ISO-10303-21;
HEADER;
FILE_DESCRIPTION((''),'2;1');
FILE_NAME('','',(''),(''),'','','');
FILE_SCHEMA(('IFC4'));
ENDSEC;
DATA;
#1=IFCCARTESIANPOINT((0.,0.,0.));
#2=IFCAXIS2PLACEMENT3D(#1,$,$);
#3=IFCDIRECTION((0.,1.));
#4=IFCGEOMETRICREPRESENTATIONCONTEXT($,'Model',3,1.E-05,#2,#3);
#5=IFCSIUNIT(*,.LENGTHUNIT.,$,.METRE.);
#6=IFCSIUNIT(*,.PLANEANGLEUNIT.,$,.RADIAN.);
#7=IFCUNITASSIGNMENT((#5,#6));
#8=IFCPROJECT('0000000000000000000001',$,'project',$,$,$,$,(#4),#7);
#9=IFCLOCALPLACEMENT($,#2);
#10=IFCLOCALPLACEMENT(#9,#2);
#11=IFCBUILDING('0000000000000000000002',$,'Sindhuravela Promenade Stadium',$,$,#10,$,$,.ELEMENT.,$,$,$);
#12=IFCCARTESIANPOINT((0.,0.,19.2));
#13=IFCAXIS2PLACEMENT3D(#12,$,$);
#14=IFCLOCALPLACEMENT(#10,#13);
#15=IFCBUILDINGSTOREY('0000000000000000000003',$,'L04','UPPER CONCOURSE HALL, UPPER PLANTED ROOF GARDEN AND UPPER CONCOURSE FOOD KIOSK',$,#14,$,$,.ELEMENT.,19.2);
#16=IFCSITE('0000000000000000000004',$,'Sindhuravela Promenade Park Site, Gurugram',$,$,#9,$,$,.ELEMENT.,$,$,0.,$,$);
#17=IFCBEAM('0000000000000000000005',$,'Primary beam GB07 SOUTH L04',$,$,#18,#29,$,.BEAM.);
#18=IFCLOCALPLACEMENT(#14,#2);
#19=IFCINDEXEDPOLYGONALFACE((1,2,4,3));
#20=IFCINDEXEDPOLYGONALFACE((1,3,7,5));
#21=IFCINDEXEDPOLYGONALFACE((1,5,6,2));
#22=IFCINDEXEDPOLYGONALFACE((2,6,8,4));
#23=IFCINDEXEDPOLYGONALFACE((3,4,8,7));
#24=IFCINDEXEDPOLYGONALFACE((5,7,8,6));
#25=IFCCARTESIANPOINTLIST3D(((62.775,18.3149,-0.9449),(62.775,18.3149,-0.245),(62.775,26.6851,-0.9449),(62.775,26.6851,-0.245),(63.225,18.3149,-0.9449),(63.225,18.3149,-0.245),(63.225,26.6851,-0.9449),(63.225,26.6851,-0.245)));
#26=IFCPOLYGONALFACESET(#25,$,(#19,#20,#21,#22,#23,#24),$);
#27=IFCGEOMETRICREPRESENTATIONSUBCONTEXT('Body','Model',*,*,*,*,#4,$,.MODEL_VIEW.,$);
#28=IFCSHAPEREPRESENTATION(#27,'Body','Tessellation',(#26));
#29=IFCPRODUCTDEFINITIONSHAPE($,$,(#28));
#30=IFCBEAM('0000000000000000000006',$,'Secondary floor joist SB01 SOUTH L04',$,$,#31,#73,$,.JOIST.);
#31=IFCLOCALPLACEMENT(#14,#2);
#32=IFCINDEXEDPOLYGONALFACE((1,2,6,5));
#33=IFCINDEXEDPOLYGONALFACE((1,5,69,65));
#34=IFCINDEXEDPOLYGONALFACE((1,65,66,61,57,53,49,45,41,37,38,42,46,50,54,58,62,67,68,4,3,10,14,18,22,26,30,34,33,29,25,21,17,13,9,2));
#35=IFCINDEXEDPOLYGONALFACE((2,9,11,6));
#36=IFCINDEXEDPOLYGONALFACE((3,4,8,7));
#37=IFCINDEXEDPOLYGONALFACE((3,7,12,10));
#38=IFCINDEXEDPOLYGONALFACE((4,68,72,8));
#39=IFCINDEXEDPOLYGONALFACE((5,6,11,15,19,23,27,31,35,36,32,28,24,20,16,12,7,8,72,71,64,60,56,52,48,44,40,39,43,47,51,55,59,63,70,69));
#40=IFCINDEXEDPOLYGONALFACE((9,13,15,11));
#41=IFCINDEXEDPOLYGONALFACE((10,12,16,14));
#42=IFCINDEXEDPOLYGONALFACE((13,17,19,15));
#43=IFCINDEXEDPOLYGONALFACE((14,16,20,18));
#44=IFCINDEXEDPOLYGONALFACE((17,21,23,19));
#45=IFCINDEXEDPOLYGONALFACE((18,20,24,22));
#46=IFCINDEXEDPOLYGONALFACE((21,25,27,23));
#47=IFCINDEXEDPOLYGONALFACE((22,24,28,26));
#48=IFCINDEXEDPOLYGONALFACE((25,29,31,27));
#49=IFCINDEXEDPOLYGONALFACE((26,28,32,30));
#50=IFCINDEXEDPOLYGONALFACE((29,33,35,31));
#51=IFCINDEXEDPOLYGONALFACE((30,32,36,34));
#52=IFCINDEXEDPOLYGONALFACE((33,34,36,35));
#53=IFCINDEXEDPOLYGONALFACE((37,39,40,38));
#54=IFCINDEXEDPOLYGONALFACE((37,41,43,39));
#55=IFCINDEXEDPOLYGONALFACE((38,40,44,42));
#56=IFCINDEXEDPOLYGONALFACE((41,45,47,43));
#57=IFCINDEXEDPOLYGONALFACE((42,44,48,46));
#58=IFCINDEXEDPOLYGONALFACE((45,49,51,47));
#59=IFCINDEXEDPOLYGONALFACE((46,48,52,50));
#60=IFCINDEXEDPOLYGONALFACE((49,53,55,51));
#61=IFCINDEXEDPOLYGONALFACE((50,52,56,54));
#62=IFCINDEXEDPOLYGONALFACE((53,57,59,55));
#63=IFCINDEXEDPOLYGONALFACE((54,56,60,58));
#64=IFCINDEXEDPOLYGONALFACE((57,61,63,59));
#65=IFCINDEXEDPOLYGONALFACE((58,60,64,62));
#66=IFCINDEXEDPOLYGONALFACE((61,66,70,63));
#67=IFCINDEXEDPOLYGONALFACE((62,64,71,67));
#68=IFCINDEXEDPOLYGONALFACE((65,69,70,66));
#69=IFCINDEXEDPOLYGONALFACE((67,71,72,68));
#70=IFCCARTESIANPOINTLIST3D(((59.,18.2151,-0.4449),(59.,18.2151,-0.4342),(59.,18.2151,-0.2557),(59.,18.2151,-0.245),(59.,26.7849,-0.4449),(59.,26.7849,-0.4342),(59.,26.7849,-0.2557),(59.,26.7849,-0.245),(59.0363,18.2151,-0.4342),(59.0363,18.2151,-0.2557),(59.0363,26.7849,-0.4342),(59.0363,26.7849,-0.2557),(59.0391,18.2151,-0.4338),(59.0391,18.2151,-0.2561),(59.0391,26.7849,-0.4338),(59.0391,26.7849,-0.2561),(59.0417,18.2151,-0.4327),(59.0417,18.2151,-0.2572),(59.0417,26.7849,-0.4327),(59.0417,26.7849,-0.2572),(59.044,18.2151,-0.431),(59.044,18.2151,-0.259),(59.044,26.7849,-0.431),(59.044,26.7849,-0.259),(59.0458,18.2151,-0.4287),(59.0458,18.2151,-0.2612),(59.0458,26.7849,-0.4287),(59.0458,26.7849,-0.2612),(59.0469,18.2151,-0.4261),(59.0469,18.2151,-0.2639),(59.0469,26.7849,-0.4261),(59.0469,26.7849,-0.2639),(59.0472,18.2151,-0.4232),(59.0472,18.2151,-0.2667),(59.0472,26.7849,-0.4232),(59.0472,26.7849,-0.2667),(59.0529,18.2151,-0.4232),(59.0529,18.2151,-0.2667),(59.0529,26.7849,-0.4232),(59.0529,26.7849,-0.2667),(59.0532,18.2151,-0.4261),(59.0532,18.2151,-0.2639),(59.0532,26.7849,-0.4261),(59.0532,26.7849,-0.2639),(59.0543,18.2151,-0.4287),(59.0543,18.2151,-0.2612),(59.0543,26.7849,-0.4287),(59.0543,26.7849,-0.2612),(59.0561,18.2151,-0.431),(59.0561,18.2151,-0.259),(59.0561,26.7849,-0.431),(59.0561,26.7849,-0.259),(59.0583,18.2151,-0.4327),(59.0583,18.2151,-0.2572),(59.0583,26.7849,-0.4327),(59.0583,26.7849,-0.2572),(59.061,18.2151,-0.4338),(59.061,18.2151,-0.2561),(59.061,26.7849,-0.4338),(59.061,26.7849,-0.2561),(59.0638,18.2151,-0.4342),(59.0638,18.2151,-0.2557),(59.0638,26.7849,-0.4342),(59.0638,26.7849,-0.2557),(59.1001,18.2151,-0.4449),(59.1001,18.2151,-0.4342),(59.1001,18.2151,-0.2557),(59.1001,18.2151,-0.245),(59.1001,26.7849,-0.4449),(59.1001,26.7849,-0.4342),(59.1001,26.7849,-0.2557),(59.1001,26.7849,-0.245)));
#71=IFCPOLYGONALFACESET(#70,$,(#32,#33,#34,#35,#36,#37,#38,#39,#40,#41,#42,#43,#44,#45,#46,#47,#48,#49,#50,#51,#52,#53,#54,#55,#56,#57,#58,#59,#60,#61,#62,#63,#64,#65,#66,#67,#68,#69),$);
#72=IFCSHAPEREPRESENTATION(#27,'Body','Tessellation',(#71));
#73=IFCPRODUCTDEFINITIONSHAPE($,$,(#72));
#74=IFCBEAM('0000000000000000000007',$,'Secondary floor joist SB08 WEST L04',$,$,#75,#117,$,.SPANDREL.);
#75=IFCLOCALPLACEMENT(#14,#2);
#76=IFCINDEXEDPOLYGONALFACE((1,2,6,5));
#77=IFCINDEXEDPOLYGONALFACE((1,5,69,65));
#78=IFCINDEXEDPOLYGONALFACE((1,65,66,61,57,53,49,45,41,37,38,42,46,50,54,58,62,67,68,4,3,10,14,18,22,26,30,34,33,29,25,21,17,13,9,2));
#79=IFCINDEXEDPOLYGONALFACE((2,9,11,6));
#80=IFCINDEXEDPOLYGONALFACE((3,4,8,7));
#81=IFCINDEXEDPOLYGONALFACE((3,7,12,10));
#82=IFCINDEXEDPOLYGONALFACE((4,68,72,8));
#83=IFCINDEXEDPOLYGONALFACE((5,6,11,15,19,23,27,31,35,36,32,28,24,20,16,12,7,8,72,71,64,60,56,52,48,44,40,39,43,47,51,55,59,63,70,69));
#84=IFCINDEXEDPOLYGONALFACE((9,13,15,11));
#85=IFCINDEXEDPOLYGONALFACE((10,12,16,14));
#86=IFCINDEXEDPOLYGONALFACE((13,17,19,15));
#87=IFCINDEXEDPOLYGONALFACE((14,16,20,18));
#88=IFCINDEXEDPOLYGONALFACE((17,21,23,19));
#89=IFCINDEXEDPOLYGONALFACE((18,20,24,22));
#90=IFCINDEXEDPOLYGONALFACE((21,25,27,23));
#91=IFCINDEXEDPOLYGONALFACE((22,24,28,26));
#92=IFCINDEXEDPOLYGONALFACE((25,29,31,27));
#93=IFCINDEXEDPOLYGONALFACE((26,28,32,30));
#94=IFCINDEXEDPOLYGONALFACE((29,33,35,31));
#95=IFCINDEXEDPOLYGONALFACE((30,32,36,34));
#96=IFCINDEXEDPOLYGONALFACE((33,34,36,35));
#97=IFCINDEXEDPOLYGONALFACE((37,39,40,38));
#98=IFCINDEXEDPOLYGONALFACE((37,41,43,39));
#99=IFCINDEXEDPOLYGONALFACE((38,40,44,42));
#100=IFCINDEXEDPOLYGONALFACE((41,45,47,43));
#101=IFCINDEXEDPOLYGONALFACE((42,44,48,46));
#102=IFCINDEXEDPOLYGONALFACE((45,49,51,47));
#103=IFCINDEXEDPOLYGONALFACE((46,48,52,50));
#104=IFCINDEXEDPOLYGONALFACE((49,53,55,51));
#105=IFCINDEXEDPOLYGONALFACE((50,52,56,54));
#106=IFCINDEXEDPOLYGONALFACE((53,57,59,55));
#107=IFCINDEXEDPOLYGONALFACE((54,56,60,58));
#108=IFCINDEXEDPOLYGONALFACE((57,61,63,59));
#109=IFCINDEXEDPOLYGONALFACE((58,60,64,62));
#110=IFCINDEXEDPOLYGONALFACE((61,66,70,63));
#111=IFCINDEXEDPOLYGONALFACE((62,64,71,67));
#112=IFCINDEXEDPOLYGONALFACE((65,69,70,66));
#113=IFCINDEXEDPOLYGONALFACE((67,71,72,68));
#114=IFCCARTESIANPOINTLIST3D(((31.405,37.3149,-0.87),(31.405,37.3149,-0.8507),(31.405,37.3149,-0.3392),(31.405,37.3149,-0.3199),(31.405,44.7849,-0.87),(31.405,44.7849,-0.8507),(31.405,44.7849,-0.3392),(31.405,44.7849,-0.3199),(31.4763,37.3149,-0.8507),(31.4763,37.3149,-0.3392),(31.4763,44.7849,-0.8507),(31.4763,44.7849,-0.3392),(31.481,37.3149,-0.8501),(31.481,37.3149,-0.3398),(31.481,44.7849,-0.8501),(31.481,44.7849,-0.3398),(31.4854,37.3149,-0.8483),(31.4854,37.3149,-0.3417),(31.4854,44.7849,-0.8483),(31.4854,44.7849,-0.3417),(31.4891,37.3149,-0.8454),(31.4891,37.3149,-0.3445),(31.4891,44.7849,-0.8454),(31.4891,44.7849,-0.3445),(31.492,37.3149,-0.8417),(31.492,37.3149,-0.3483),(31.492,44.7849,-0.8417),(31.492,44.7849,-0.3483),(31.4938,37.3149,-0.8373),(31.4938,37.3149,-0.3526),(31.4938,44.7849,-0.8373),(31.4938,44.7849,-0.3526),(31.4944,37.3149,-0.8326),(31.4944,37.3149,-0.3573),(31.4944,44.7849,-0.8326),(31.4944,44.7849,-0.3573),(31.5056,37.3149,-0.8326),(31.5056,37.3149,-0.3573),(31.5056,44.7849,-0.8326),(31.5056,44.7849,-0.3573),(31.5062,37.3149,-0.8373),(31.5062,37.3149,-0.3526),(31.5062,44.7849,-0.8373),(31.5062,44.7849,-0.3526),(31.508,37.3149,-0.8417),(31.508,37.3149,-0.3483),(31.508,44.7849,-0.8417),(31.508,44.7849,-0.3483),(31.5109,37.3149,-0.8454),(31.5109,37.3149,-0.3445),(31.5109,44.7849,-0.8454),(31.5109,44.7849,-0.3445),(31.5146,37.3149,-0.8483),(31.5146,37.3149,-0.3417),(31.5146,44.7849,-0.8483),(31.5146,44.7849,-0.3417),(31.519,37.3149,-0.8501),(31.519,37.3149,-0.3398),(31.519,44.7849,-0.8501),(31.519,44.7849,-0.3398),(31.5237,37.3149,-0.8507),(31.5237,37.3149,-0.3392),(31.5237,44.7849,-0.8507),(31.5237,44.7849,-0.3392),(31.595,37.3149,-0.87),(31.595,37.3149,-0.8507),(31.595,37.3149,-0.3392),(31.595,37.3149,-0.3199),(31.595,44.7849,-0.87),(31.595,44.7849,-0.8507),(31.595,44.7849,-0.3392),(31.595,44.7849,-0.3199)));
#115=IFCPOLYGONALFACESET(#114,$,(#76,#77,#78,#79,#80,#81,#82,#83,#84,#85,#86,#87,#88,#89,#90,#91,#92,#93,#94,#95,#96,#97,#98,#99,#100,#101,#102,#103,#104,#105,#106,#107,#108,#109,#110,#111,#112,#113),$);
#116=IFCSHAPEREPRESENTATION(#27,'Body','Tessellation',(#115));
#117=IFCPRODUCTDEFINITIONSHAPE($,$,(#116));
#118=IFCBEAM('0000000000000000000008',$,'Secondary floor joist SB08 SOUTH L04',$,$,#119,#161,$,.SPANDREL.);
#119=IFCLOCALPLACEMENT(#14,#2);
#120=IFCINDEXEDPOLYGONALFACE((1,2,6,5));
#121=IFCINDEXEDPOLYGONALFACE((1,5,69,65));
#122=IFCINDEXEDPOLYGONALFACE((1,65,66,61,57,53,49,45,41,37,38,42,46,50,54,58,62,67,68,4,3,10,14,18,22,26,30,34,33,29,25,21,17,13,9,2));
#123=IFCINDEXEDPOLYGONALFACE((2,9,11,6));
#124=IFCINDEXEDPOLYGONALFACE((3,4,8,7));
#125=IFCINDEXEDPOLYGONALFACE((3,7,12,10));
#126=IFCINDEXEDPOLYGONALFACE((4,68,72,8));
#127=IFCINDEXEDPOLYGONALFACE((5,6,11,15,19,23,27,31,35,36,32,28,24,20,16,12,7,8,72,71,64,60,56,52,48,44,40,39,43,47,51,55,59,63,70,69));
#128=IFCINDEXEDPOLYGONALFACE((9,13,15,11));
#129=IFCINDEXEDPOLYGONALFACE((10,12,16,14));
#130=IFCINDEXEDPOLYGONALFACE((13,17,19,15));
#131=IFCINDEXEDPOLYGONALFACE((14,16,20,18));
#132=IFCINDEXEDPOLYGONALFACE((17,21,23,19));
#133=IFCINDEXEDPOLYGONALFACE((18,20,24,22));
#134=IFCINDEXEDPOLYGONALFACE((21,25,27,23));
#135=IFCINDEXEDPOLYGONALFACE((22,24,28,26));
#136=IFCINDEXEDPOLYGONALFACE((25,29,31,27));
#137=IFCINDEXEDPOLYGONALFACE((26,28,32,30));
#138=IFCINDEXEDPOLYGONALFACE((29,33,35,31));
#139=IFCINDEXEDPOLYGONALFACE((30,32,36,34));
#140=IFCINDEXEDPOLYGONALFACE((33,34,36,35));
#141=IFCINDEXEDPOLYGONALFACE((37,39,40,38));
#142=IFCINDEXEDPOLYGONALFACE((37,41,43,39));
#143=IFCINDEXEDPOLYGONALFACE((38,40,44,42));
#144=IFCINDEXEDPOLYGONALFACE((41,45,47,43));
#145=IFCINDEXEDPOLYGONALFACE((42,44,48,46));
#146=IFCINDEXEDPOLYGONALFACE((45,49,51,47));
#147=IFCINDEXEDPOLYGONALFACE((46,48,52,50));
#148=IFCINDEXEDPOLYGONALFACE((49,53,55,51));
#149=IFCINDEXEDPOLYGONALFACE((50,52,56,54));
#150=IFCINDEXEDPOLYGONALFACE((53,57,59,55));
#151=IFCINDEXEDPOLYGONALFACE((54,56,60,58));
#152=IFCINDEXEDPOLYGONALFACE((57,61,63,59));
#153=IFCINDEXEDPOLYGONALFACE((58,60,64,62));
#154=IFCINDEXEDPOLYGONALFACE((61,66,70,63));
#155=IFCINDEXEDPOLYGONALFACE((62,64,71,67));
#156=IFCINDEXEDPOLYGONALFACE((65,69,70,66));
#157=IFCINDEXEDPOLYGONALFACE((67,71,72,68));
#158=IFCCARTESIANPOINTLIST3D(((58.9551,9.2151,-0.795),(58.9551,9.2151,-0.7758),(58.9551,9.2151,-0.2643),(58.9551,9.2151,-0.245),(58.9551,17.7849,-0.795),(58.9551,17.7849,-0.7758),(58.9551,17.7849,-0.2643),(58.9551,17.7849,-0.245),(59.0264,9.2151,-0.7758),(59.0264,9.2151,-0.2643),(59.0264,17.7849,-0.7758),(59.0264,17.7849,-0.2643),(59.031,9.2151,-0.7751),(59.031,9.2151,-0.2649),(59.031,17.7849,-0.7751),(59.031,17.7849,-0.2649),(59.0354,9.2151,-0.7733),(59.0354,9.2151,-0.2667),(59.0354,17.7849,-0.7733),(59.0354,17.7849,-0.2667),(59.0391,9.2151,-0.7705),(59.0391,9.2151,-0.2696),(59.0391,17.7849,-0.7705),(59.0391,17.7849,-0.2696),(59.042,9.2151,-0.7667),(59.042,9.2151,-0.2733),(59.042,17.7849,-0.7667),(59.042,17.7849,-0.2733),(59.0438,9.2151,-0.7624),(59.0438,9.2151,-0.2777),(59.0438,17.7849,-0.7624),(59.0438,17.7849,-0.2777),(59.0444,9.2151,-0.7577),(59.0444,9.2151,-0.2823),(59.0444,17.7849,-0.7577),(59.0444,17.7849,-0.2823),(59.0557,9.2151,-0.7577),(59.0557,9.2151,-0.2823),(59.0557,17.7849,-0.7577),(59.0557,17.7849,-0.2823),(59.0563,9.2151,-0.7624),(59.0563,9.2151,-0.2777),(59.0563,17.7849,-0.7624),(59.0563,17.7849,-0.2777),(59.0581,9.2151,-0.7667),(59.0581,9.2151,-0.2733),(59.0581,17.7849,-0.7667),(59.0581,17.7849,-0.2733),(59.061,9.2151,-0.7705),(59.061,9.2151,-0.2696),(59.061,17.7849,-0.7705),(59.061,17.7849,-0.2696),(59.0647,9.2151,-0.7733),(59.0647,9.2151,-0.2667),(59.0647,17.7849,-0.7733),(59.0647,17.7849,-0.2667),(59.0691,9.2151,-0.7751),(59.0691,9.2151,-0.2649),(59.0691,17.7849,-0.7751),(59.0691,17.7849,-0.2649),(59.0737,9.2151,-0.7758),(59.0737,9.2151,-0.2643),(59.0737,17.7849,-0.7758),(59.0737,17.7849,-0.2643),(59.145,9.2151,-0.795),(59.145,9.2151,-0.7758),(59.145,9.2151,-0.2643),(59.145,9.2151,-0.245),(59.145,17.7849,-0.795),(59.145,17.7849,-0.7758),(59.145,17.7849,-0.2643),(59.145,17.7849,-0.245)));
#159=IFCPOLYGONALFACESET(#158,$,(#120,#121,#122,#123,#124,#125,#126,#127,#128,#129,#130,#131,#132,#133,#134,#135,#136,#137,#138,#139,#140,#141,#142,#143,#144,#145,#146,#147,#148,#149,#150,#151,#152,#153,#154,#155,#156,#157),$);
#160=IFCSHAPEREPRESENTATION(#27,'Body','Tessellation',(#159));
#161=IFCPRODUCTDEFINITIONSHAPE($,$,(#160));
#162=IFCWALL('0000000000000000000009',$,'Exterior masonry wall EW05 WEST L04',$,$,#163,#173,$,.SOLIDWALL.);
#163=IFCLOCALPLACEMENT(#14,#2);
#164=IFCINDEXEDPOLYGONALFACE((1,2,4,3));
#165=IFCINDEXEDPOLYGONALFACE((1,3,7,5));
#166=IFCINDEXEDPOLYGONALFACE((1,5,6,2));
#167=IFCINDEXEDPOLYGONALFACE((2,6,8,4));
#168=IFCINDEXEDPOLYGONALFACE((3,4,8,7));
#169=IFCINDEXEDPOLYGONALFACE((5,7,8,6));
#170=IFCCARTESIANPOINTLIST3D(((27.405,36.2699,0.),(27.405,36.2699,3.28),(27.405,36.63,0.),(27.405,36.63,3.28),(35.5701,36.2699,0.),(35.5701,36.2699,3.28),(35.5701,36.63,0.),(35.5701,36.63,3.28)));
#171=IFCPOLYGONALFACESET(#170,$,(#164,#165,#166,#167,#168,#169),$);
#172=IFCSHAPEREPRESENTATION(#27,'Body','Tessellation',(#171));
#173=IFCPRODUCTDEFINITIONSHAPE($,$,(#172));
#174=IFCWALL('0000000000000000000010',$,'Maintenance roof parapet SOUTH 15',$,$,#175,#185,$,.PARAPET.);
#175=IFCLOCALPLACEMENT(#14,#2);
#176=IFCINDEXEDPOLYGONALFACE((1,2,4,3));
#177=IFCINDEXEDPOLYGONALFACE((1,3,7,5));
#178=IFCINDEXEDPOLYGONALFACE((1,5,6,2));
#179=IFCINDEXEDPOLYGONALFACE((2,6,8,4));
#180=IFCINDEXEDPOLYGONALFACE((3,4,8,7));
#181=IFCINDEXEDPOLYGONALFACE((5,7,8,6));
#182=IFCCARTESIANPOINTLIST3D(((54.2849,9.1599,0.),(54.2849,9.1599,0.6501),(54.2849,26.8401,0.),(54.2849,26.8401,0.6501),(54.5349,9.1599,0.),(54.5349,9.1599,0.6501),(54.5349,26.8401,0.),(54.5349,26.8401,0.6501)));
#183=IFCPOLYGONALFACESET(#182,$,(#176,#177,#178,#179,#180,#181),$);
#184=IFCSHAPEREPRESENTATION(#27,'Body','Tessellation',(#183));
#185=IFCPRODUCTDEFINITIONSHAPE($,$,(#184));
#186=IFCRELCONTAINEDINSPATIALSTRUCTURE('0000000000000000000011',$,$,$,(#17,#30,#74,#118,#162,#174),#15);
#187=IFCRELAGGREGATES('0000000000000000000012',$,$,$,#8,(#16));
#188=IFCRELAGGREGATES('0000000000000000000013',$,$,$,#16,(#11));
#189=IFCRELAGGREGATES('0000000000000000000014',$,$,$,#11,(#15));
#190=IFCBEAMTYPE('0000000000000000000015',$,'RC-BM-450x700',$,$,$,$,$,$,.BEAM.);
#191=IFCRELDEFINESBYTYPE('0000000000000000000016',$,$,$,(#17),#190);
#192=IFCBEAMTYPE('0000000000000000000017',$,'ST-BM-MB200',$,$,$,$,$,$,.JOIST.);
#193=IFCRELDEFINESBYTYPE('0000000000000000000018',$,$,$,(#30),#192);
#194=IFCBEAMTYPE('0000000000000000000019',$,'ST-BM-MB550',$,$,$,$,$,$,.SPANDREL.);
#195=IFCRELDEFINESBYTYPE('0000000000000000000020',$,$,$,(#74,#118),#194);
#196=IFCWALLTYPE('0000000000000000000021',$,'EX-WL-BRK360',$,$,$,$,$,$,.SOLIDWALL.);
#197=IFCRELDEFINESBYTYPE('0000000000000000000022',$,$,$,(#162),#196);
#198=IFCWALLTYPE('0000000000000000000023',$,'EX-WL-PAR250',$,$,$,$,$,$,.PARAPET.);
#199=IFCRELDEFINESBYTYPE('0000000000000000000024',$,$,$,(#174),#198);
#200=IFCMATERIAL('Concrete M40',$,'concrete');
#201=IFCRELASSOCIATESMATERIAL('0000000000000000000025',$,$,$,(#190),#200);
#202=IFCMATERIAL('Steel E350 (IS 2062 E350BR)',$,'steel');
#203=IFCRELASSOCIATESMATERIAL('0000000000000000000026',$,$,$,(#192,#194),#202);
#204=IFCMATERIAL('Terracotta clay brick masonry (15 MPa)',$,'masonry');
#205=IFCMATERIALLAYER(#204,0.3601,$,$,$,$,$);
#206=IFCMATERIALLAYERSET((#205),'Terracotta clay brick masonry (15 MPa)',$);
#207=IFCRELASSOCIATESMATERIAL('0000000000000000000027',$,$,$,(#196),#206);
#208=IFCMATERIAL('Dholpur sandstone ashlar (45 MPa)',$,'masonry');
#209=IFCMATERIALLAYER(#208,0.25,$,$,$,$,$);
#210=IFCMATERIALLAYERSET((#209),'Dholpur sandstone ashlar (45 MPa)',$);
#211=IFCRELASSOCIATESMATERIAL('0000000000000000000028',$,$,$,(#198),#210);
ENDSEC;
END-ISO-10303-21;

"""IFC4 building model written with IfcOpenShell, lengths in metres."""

from ifc_helpers import new_model, si_unit, direction, frame, frame_2d, origin, origin_2d, place, context, subcontext, project, spatial, rectangle, i_section, extrude, material, layer, layer_set, material_profile, profile_set, type_object, element, save


model = new_model("IFC4")

# Units and contexts
model_context = context("Model", 3, precision=1e-05, world=origin(), true_north=direction((0.0, 1.0)))
body_context = subcontext(model_context, "Body", "Model", "MODEL_VIEW")
ifc_project = project(units=[si_unit("LENGTHUNIT", "METRE"), si_unit("PLANEANGLEUNIT", "RADIAN")], contexts=[model_context])

# Site, building, storey
site_placement = place(None, origin())
site = spatial("IfcSite", under=ifc_project, at=site_placement, Name="Sindhuravela Promenade Park Site, Gurugram", CompositionType="ELEMENT", RefElevation=0.0)
building_placement = place(site_placement, origin())
building = spatial("IfcBuilding", under=site, at=building_placement, Name="Sindhuravela Promenade Stadium", CompositionType="ELEMENT")
storey_placement = place(building_placement, frame((0.0, 0.0, 19.2)))
storey = spatial("IfcBuildingStorey", under=building, at=storey_placement, Name="L04", Description="UPPER CONCOURSE HALL, UPPER PLANTED ROOF GARDEN AND UPPER CONCOURSE FOOD KIOSK", CompositionType="ELEMENT", Elevation=19.2)

# Shared definitions
ifc_material_1 = material(Name="Concrete M40", Category="concrete")
ifc_material_2 = material(Name="Steel E350 (IS 2062 E350BR)", Category="steel")

# Beams
ifc_material_profile_1 = material_profile(ifc_material_1, rectangle(XDim=0.45, YDim=0.7, at=origin_2d()), Name="RC 450x700")
ifc_profile_set_1 = profile_set([ifc_material_profile_1], Name="Concrete M40")
beam_type_1 = type_object("IfcBeamType", Name="RC-BM-450x700", PredefinedType="BEAM", material=ifc_profile_set_1)
for number, where, z_axis, x_axis, name in (
    (1, (63.0, 18.3149, -0.595), (0.0, 1.0, 0.0), (-1.0, 0.0, 0.0), "Primary beam GB07 SOUTH L04"),
):
    element("IfcBeam", number, at=place(storey_placement, frame(where, z_axis=z_axis, x_axis=x_axis)), inside=storey, type_object=beam_type_1, Name=name, PredefinedType="BEAM", context=body_context, shape_type="SweptSolid", body=[
        extrude(rectangle(XDim=0.45, YDim=0.7, at=origin_2d()), origin(), (0.0, 0.0, 1.0), 8.3701),
    ])
ifc_material_profile_2 = material_profile(ifc_material_2, i_section(OverallWidth=0.1001, OverallDepth=0.2, WebThickness=0.0056, FlangeThickness=0.0107, FilletRadius=0.011, at=origin_2d()), Name="ISMB 200")
ifc_profile_set_2 = profile_set([ifc_material_profile_2], Name="Steel E350 (IS 2062 E350BR)")
beam_type_2 = type_object("IfcBeamType", Name="ST-BM-MB200", PredefinedType="JOIST", material=ifc_profile_set_2)
beam_1_placement = place(storey_placement, frame((59.05, 18.2151, -0.345), z_axis=(0.0, 1.0, 0.0), x_axis=(-1.0, 0.0, 0.0)))
element("IfcBeam", 2, at=beam_1_placement, inside=storey, type_object=beam_type_2, Name="Secondary floor joist SB01 SOUTH L04", PredefinedType="JOIST", context=body_context, shape_type="SweptSolid", body=[
    extrude(i_section(OverallWidth=0.1001, OverallDepth=0.2, WebThickness=0.0056, FlangeThickness=0.0107, FilletRadius=0.011, at=origin_2d()), origin(), (0.0, 0.0, 1.0), 8.5698),
])
ifc_material_profile_3 = material_profile(ifc_material_2, i_section(OverallWidth=0.1899, OverallDepth=0.55, WebThickness=0.0112, FlangeThickness=0.0193, FilletRadius=0.0181, at=origin_2d()), Name="ISMB 550")
ifc_profile_set_3 = profile_set([ifc_material_profile_3], Name="Steel E350 (IS 2062 E350BR)")
beam_type_3 = type_object("IfcBeamType", Name="ST-BM-MB550", PredefinedType="SPANDREL", material=ifc_profile_set_3)
beam_2_placement = place(storey_placement, frame((31.5, 37.3149, -0.595), z_axis=(0.0, 1.0, 0.0), x_axis=(-1.0, 0.0, 0.0)))
element("IfcBeam", 3, at=beam_2_placement, inside=storey, type_object=beam_type_3, Name="Secondary floor joist SB08 WEST L04", PredefinedType="SPANDREL", context=body_context, shape_type="SweptSolid", body=[
    extrude(i_section(OverallWidth=0.1899, OverallDepth=0.55, WebThickness=0.0112, FlangeThickness=0.0193, FilletRadius=0.0181, at=origin_2d()), origin(), (0.0, 0.0, 1.0), 7.47),
])
beam_3_placement = place(storey_placement, frame((59.05, 9.2151, -0.52), z_axis=(0.0, 1.0, 0.0), x_axis=(-1.0, 0.0, 0.0)))
element("IfcBeam", 4, at=beam_3_placement, inside=storey, type_object=beam_type_3, Name="Secondary floor joist SB08 SOUTH L04", PredefinedType="SPANDREL", context=body_context, shape_type="SweptSolid", body=[
    extrude(i_section(OverallWidth=0.1899, OverallDepth=0.55, WebThickness=0.0112, FlangeThickness=0.0193, FilletRadius=0.0181, at=origin_2d()), origin(), (0.0, 0.0, 1.0), 8.5698),
])

# Walls
ifc_material_3 = material(Name="Terracotta clay brick masonry (15 MPa)", Category="masonry")
ifc_layer_1 = layer(ifc_material_3, 0.3601)
ifc_layer_set_1 = layer_set([ifc_layer_1], Name="Terracotta clay brick masonry (15 MPa)")
wall_type_1 = type_object("IfcWallType", Name="EX-WL-BRK360", PredefinedType="SOLIDWALL", material=ifc_layer_set_1)
wall_1_placement = place(storey_placement, frame((35.5701, 36.45, 0.0), z_axis=(0.0, 0.0, 1.0), x_axis=(-1.0, 0.0, 0.0)))
element("IfcWall", 5, at=wall_1_placement, inside=storey, type_object=wall_type_1, Name="Exterior masonry wall EW05 WEST L04", PredefinedType="SOLIDWALL", context=body_context, shape_type="SweptSolid", body=[
    extrude(rectangle(XDim=8.165, YDim=0.3601, at=frame_2d((4.0825, 0.0))), origin(), (0.0, 0.0, 1.0), 3.28),
])
ifc_material_4 = material(Name="Dholpur sandstone ashlar (45 MPa)", Category="masonry")
ifc_layer_2 = layer(ifc_material_4, 0.25)
ifc_layer_set_2 = layer_set([ifc_layer_2], Name="Dholpur sandstone ashlar (45 MPa)")
wall_type_2 = type_object("IfcWallType", Name="EX-WL-PAR250", PredefinedType="PARAPET", material=ifc_layer_set_2)
wall_2_placement = place(storey_placement, frame((54.4099, 9.1599, 0.0), z_axis=(0.0, 0.0, 1.0), x_axis=(0.0, 1.0, 0.0)))
element("IfcWall", 6, at=wall_2_placement, inside=storey, type_object=wall_type_2, Name="Maintenance roof parapet SOUTH 15", PredefinedType="PARAPET", context=body_context, shape_type="SweptSolid", body=[
    extrude(rectangle(XDim=17.6802, YDim=0.25, at=frame_2d((8.8401, 0.0))), origin(), (0.0, 0.0, 1.0), 0.6501),
])

save(model, "model.ifc")
